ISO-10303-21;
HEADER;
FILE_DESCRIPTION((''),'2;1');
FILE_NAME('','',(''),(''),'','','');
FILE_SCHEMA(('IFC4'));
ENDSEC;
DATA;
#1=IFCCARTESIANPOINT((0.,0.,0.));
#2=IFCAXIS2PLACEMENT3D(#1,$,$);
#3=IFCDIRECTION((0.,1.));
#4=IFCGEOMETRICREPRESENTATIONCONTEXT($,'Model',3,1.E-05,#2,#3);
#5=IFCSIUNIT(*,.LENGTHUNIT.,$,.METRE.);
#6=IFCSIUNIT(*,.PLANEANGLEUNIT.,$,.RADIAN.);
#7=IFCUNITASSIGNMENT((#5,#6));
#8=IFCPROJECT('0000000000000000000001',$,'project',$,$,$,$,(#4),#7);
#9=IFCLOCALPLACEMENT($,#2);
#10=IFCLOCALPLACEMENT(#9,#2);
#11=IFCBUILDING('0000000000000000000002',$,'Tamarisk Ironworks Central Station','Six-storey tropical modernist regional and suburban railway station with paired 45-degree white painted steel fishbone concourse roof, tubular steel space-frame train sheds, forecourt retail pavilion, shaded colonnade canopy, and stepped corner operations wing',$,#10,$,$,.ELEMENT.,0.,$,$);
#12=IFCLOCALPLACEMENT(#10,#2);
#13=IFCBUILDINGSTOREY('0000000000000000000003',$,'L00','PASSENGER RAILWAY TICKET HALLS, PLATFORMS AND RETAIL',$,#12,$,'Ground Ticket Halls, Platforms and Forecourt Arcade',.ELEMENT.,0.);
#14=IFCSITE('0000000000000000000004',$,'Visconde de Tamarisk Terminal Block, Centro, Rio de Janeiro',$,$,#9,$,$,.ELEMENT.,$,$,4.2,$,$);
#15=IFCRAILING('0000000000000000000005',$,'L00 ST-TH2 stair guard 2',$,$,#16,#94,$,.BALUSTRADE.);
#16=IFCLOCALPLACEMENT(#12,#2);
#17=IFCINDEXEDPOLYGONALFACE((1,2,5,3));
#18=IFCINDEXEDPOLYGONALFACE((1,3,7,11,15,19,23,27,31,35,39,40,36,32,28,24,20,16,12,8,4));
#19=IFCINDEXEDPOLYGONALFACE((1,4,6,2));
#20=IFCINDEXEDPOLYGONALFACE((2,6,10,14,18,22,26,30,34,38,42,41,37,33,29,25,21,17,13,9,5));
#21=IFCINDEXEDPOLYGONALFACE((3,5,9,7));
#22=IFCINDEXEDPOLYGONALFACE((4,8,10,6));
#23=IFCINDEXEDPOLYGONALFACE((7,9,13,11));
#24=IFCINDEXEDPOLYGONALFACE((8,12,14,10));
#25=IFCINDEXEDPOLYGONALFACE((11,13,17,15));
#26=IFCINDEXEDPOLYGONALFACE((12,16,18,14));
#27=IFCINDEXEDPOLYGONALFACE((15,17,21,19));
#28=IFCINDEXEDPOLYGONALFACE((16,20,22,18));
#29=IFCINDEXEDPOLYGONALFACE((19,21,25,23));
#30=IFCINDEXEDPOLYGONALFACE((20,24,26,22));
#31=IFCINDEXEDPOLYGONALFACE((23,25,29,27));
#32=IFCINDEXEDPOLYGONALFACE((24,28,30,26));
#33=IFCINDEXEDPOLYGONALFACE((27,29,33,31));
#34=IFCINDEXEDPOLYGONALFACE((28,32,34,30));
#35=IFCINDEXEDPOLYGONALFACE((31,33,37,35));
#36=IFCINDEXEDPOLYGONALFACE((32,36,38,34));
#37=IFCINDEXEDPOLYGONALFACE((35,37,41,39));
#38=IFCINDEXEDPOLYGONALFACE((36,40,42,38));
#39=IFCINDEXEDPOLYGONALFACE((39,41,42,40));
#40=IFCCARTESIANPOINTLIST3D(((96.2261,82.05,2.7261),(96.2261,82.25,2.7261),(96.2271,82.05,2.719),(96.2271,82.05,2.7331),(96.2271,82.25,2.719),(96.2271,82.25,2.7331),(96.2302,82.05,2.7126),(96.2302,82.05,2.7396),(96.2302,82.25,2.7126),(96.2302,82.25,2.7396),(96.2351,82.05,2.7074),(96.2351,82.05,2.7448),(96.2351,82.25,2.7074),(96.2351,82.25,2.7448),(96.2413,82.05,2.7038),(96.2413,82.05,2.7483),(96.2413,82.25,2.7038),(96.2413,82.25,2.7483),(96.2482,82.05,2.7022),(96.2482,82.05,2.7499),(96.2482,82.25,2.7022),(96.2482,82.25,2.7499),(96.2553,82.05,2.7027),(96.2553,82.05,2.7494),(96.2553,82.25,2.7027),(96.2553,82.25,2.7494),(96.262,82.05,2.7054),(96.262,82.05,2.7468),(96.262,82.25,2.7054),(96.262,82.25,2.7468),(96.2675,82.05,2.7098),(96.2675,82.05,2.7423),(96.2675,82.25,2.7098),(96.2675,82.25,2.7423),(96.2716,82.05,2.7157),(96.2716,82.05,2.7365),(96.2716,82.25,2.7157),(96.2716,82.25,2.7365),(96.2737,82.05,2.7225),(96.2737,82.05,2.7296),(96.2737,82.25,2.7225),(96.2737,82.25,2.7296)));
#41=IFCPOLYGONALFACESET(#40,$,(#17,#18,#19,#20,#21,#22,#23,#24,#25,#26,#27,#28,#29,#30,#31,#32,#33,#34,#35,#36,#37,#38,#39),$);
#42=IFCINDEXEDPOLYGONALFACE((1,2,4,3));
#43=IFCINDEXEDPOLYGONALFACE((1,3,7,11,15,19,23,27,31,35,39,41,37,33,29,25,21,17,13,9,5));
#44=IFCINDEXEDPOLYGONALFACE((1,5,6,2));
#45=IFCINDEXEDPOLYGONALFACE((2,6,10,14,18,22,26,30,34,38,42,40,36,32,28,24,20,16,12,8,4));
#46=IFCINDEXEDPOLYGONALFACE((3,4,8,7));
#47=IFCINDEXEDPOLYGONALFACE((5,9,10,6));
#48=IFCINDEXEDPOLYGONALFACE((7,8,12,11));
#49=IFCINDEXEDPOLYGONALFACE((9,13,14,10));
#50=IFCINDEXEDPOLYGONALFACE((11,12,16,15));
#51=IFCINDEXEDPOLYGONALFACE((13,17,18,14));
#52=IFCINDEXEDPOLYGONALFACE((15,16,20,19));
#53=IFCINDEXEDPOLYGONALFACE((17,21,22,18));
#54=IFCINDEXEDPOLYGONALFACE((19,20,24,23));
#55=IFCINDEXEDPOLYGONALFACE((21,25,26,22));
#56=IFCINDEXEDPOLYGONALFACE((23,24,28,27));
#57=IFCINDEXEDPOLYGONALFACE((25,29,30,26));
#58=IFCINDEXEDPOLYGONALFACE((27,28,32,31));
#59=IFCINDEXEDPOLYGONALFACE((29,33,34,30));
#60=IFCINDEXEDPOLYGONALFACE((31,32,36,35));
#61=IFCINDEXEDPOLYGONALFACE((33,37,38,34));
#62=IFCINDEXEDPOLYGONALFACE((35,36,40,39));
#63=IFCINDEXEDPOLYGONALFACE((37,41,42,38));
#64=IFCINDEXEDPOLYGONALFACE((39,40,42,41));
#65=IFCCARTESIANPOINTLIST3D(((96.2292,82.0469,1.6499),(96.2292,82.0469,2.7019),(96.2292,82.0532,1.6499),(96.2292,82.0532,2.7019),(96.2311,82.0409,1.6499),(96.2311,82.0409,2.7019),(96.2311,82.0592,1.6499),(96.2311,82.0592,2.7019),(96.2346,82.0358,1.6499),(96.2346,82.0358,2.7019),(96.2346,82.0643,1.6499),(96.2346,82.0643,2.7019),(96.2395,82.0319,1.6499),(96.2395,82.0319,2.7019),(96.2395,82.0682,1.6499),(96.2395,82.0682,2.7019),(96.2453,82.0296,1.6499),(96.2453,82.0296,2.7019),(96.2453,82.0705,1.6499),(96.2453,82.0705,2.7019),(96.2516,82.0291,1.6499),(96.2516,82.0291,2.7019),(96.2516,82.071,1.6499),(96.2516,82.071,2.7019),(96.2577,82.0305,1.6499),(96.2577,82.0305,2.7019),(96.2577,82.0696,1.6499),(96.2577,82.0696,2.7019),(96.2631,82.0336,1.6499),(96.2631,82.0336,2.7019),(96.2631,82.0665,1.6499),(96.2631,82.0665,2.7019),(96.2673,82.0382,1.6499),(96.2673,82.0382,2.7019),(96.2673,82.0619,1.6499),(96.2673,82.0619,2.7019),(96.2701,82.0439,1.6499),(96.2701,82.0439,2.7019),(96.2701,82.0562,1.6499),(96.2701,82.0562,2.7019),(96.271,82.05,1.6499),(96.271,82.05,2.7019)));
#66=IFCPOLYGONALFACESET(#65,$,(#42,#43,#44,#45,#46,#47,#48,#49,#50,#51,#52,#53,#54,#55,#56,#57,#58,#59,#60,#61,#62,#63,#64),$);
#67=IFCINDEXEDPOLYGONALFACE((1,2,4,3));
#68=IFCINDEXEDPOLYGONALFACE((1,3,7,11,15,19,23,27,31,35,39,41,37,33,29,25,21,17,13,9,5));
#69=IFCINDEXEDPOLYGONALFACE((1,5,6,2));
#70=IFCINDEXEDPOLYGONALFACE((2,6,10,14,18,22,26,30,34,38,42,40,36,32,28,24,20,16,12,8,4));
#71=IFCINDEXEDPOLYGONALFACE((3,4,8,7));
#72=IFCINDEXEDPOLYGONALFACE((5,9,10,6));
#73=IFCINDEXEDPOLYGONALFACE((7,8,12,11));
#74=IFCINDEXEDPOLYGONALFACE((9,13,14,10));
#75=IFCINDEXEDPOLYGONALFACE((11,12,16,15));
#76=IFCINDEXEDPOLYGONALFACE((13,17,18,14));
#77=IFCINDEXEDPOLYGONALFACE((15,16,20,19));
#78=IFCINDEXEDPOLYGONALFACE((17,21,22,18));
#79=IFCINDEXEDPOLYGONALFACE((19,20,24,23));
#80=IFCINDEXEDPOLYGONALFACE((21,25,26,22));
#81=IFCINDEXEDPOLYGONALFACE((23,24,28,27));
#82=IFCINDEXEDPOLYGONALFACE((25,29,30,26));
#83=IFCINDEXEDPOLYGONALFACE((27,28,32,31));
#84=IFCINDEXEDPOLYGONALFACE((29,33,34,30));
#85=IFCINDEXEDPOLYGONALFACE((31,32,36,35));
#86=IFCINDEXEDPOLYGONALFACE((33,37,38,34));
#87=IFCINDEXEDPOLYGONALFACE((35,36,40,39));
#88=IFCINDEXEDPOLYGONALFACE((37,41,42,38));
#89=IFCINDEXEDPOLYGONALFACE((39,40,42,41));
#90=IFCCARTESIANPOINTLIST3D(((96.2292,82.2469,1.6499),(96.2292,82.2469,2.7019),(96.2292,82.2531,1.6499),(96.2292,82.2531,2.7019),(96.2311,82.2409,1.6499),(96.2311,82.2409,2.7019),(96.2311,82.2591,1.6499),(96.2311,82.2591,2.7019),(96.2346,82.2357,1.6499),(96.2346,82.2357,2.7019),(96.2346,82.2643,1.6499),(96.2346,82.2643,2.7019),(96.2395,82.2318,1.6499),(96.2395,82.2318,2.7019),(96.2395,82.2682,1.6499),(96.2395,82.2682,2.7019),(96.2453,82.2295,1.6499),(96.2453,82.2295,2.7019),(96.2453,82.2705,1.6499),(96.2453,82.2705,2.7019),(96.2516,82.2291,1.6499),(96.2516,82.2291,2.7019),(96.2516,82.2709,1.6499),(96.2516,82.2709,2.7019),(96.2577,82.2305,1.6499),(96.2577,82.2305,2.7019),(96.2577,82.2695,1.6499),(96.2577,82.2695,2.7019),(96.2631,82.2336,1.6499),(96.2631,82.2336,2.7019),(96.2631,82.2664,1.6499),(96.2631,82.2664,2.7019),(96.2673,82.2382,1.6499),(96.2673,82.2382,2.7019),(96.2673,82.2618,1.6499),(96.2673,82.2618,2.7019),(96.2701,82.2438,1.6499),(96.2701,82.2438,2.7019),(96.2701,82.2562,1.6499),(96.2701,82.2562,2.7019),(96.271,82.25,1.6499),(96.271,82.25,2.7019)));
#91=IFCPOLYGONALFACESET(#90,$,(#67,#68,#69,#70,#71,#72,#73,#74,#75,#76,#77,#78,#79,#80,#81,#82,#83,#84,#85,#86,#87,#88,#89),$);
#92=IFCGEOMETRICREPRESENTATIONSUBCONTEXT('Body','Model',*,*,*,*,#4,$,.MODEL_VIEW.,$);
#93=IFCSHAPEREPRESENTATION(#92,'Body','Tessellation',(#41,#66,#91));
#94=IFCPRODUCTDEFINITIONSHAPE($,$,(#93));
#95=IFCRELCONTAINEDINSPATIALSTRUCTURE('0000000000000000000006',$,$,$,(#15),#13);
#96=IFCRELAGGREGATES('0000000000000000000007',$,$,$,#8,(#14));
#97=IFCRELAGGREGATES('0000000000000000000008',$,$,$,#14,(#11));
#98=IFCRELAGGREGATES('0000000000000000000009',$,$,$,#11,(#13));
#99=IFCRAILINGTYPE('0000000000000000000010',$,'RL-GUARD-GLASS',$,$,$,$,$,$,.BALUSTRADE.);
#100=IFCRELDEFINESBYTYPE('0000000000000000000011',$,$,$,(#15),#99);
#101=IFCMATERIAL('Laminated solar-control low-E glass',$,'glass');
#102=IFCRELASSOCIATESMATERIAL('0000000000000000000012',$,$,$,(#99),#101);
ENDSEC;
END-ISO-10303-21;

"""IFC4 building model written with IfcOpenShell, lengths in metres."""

from ifc_helpers import new_model, si_unit, direction, frame, origin, origin_2d, place, context, subcontext, project, spatial, circle, extrude, material, type_object, element, save


model = new_model("IFC4")

# Units and contexts
model_context = context("Model", 3, precision=1e-05, world=origin(), true_north=direction((0.0, 1.0)))
body_context = subcontext(model_context, "Body", "Model", "MODEL_VIEW")
ifc_project = project(units=[si_unit("LENGTHUNIT", "METRE"), si_unit("PLANEANGLEUNIT", "RADIAN")], contexts=[model_context])

# Site, building, storey
site_placement = place(None, origin())
site = spatial("IfcSite", under=ifc_project, at=site_placement, Name="Visconde de Tamarisk Terminal Block, Centro, Rio de Janeiro", CompositionType="ELEMENT", RefElevation=4.2)
building_placement = place(site_placement, origin())
building = spatial("IfcBuilding", under=site, at=building_placement, Name="Tamarisk Ironworks Central Station", Description="Six-storey tropical modernist regional and suburban railway station with paired 45-degree white painted steel fishbone concourse roof, tubular steel space-frame train sheds, forecourt retail pavilion, shaded colonnade canopy, and stepped corner operations wing", CompositionType="ELEMENT", ElevationOfRefHeight=0.0)
storey_placement = place(building_placement, origin())
storey = spatial("IfcBuildingStorey", under=building, at=storey_placement, Name="L00", Description="PASSENGER RAILWAY TICKET HALLS, PLATFORMS AND RETAIL", LongName="Ground Ticket Halls, Platforms and Forecourt Arcade", CompositionType="ELEMENT", Elevation=0.0)

# Railing
ifc_material_1 = material(Name="Laminated solar-control low-E glass", Category="glass")
railing_type_1 = type_object("IfcRailingType", Name="RL-GUARD-GLASS", PredefinedType="BALUSTRADE", material=ifc_material_1)
railing_1_placement = place(storey_placement, frame((96.25, 82.05, 1.6499)))
element("IfcRailing", 1, at=railing_1_placement, inside=storey, type_object=railing_type_1, Name="L00 ST-TH2 stair guard 2", PredefinedType="BALUSTRADE", context=body_context, shape_type="SweptSolid", body=[
    extrude(circle(Radius=0.0239, at=origin_2d()), frame((0.0, 0.0, 1.0762), z_axis=(0.0, 1.0, 0.0), x_axis=(-1.0, 0.0, 0.0)), (0.0, 0.0, 1.0), 0.2),
    extrude(circle(Radius=0.021, at=origin_2d()), origin(), (0.0, 0.0, 1.0), 1.052),
    extrude(circle(Radius=0.021, at=origin_2d()), frame((0.0, 0.2, 0.0)), (0.0, 0.0, 1.0), 1.052),
])

save(model, "model.ifc")
